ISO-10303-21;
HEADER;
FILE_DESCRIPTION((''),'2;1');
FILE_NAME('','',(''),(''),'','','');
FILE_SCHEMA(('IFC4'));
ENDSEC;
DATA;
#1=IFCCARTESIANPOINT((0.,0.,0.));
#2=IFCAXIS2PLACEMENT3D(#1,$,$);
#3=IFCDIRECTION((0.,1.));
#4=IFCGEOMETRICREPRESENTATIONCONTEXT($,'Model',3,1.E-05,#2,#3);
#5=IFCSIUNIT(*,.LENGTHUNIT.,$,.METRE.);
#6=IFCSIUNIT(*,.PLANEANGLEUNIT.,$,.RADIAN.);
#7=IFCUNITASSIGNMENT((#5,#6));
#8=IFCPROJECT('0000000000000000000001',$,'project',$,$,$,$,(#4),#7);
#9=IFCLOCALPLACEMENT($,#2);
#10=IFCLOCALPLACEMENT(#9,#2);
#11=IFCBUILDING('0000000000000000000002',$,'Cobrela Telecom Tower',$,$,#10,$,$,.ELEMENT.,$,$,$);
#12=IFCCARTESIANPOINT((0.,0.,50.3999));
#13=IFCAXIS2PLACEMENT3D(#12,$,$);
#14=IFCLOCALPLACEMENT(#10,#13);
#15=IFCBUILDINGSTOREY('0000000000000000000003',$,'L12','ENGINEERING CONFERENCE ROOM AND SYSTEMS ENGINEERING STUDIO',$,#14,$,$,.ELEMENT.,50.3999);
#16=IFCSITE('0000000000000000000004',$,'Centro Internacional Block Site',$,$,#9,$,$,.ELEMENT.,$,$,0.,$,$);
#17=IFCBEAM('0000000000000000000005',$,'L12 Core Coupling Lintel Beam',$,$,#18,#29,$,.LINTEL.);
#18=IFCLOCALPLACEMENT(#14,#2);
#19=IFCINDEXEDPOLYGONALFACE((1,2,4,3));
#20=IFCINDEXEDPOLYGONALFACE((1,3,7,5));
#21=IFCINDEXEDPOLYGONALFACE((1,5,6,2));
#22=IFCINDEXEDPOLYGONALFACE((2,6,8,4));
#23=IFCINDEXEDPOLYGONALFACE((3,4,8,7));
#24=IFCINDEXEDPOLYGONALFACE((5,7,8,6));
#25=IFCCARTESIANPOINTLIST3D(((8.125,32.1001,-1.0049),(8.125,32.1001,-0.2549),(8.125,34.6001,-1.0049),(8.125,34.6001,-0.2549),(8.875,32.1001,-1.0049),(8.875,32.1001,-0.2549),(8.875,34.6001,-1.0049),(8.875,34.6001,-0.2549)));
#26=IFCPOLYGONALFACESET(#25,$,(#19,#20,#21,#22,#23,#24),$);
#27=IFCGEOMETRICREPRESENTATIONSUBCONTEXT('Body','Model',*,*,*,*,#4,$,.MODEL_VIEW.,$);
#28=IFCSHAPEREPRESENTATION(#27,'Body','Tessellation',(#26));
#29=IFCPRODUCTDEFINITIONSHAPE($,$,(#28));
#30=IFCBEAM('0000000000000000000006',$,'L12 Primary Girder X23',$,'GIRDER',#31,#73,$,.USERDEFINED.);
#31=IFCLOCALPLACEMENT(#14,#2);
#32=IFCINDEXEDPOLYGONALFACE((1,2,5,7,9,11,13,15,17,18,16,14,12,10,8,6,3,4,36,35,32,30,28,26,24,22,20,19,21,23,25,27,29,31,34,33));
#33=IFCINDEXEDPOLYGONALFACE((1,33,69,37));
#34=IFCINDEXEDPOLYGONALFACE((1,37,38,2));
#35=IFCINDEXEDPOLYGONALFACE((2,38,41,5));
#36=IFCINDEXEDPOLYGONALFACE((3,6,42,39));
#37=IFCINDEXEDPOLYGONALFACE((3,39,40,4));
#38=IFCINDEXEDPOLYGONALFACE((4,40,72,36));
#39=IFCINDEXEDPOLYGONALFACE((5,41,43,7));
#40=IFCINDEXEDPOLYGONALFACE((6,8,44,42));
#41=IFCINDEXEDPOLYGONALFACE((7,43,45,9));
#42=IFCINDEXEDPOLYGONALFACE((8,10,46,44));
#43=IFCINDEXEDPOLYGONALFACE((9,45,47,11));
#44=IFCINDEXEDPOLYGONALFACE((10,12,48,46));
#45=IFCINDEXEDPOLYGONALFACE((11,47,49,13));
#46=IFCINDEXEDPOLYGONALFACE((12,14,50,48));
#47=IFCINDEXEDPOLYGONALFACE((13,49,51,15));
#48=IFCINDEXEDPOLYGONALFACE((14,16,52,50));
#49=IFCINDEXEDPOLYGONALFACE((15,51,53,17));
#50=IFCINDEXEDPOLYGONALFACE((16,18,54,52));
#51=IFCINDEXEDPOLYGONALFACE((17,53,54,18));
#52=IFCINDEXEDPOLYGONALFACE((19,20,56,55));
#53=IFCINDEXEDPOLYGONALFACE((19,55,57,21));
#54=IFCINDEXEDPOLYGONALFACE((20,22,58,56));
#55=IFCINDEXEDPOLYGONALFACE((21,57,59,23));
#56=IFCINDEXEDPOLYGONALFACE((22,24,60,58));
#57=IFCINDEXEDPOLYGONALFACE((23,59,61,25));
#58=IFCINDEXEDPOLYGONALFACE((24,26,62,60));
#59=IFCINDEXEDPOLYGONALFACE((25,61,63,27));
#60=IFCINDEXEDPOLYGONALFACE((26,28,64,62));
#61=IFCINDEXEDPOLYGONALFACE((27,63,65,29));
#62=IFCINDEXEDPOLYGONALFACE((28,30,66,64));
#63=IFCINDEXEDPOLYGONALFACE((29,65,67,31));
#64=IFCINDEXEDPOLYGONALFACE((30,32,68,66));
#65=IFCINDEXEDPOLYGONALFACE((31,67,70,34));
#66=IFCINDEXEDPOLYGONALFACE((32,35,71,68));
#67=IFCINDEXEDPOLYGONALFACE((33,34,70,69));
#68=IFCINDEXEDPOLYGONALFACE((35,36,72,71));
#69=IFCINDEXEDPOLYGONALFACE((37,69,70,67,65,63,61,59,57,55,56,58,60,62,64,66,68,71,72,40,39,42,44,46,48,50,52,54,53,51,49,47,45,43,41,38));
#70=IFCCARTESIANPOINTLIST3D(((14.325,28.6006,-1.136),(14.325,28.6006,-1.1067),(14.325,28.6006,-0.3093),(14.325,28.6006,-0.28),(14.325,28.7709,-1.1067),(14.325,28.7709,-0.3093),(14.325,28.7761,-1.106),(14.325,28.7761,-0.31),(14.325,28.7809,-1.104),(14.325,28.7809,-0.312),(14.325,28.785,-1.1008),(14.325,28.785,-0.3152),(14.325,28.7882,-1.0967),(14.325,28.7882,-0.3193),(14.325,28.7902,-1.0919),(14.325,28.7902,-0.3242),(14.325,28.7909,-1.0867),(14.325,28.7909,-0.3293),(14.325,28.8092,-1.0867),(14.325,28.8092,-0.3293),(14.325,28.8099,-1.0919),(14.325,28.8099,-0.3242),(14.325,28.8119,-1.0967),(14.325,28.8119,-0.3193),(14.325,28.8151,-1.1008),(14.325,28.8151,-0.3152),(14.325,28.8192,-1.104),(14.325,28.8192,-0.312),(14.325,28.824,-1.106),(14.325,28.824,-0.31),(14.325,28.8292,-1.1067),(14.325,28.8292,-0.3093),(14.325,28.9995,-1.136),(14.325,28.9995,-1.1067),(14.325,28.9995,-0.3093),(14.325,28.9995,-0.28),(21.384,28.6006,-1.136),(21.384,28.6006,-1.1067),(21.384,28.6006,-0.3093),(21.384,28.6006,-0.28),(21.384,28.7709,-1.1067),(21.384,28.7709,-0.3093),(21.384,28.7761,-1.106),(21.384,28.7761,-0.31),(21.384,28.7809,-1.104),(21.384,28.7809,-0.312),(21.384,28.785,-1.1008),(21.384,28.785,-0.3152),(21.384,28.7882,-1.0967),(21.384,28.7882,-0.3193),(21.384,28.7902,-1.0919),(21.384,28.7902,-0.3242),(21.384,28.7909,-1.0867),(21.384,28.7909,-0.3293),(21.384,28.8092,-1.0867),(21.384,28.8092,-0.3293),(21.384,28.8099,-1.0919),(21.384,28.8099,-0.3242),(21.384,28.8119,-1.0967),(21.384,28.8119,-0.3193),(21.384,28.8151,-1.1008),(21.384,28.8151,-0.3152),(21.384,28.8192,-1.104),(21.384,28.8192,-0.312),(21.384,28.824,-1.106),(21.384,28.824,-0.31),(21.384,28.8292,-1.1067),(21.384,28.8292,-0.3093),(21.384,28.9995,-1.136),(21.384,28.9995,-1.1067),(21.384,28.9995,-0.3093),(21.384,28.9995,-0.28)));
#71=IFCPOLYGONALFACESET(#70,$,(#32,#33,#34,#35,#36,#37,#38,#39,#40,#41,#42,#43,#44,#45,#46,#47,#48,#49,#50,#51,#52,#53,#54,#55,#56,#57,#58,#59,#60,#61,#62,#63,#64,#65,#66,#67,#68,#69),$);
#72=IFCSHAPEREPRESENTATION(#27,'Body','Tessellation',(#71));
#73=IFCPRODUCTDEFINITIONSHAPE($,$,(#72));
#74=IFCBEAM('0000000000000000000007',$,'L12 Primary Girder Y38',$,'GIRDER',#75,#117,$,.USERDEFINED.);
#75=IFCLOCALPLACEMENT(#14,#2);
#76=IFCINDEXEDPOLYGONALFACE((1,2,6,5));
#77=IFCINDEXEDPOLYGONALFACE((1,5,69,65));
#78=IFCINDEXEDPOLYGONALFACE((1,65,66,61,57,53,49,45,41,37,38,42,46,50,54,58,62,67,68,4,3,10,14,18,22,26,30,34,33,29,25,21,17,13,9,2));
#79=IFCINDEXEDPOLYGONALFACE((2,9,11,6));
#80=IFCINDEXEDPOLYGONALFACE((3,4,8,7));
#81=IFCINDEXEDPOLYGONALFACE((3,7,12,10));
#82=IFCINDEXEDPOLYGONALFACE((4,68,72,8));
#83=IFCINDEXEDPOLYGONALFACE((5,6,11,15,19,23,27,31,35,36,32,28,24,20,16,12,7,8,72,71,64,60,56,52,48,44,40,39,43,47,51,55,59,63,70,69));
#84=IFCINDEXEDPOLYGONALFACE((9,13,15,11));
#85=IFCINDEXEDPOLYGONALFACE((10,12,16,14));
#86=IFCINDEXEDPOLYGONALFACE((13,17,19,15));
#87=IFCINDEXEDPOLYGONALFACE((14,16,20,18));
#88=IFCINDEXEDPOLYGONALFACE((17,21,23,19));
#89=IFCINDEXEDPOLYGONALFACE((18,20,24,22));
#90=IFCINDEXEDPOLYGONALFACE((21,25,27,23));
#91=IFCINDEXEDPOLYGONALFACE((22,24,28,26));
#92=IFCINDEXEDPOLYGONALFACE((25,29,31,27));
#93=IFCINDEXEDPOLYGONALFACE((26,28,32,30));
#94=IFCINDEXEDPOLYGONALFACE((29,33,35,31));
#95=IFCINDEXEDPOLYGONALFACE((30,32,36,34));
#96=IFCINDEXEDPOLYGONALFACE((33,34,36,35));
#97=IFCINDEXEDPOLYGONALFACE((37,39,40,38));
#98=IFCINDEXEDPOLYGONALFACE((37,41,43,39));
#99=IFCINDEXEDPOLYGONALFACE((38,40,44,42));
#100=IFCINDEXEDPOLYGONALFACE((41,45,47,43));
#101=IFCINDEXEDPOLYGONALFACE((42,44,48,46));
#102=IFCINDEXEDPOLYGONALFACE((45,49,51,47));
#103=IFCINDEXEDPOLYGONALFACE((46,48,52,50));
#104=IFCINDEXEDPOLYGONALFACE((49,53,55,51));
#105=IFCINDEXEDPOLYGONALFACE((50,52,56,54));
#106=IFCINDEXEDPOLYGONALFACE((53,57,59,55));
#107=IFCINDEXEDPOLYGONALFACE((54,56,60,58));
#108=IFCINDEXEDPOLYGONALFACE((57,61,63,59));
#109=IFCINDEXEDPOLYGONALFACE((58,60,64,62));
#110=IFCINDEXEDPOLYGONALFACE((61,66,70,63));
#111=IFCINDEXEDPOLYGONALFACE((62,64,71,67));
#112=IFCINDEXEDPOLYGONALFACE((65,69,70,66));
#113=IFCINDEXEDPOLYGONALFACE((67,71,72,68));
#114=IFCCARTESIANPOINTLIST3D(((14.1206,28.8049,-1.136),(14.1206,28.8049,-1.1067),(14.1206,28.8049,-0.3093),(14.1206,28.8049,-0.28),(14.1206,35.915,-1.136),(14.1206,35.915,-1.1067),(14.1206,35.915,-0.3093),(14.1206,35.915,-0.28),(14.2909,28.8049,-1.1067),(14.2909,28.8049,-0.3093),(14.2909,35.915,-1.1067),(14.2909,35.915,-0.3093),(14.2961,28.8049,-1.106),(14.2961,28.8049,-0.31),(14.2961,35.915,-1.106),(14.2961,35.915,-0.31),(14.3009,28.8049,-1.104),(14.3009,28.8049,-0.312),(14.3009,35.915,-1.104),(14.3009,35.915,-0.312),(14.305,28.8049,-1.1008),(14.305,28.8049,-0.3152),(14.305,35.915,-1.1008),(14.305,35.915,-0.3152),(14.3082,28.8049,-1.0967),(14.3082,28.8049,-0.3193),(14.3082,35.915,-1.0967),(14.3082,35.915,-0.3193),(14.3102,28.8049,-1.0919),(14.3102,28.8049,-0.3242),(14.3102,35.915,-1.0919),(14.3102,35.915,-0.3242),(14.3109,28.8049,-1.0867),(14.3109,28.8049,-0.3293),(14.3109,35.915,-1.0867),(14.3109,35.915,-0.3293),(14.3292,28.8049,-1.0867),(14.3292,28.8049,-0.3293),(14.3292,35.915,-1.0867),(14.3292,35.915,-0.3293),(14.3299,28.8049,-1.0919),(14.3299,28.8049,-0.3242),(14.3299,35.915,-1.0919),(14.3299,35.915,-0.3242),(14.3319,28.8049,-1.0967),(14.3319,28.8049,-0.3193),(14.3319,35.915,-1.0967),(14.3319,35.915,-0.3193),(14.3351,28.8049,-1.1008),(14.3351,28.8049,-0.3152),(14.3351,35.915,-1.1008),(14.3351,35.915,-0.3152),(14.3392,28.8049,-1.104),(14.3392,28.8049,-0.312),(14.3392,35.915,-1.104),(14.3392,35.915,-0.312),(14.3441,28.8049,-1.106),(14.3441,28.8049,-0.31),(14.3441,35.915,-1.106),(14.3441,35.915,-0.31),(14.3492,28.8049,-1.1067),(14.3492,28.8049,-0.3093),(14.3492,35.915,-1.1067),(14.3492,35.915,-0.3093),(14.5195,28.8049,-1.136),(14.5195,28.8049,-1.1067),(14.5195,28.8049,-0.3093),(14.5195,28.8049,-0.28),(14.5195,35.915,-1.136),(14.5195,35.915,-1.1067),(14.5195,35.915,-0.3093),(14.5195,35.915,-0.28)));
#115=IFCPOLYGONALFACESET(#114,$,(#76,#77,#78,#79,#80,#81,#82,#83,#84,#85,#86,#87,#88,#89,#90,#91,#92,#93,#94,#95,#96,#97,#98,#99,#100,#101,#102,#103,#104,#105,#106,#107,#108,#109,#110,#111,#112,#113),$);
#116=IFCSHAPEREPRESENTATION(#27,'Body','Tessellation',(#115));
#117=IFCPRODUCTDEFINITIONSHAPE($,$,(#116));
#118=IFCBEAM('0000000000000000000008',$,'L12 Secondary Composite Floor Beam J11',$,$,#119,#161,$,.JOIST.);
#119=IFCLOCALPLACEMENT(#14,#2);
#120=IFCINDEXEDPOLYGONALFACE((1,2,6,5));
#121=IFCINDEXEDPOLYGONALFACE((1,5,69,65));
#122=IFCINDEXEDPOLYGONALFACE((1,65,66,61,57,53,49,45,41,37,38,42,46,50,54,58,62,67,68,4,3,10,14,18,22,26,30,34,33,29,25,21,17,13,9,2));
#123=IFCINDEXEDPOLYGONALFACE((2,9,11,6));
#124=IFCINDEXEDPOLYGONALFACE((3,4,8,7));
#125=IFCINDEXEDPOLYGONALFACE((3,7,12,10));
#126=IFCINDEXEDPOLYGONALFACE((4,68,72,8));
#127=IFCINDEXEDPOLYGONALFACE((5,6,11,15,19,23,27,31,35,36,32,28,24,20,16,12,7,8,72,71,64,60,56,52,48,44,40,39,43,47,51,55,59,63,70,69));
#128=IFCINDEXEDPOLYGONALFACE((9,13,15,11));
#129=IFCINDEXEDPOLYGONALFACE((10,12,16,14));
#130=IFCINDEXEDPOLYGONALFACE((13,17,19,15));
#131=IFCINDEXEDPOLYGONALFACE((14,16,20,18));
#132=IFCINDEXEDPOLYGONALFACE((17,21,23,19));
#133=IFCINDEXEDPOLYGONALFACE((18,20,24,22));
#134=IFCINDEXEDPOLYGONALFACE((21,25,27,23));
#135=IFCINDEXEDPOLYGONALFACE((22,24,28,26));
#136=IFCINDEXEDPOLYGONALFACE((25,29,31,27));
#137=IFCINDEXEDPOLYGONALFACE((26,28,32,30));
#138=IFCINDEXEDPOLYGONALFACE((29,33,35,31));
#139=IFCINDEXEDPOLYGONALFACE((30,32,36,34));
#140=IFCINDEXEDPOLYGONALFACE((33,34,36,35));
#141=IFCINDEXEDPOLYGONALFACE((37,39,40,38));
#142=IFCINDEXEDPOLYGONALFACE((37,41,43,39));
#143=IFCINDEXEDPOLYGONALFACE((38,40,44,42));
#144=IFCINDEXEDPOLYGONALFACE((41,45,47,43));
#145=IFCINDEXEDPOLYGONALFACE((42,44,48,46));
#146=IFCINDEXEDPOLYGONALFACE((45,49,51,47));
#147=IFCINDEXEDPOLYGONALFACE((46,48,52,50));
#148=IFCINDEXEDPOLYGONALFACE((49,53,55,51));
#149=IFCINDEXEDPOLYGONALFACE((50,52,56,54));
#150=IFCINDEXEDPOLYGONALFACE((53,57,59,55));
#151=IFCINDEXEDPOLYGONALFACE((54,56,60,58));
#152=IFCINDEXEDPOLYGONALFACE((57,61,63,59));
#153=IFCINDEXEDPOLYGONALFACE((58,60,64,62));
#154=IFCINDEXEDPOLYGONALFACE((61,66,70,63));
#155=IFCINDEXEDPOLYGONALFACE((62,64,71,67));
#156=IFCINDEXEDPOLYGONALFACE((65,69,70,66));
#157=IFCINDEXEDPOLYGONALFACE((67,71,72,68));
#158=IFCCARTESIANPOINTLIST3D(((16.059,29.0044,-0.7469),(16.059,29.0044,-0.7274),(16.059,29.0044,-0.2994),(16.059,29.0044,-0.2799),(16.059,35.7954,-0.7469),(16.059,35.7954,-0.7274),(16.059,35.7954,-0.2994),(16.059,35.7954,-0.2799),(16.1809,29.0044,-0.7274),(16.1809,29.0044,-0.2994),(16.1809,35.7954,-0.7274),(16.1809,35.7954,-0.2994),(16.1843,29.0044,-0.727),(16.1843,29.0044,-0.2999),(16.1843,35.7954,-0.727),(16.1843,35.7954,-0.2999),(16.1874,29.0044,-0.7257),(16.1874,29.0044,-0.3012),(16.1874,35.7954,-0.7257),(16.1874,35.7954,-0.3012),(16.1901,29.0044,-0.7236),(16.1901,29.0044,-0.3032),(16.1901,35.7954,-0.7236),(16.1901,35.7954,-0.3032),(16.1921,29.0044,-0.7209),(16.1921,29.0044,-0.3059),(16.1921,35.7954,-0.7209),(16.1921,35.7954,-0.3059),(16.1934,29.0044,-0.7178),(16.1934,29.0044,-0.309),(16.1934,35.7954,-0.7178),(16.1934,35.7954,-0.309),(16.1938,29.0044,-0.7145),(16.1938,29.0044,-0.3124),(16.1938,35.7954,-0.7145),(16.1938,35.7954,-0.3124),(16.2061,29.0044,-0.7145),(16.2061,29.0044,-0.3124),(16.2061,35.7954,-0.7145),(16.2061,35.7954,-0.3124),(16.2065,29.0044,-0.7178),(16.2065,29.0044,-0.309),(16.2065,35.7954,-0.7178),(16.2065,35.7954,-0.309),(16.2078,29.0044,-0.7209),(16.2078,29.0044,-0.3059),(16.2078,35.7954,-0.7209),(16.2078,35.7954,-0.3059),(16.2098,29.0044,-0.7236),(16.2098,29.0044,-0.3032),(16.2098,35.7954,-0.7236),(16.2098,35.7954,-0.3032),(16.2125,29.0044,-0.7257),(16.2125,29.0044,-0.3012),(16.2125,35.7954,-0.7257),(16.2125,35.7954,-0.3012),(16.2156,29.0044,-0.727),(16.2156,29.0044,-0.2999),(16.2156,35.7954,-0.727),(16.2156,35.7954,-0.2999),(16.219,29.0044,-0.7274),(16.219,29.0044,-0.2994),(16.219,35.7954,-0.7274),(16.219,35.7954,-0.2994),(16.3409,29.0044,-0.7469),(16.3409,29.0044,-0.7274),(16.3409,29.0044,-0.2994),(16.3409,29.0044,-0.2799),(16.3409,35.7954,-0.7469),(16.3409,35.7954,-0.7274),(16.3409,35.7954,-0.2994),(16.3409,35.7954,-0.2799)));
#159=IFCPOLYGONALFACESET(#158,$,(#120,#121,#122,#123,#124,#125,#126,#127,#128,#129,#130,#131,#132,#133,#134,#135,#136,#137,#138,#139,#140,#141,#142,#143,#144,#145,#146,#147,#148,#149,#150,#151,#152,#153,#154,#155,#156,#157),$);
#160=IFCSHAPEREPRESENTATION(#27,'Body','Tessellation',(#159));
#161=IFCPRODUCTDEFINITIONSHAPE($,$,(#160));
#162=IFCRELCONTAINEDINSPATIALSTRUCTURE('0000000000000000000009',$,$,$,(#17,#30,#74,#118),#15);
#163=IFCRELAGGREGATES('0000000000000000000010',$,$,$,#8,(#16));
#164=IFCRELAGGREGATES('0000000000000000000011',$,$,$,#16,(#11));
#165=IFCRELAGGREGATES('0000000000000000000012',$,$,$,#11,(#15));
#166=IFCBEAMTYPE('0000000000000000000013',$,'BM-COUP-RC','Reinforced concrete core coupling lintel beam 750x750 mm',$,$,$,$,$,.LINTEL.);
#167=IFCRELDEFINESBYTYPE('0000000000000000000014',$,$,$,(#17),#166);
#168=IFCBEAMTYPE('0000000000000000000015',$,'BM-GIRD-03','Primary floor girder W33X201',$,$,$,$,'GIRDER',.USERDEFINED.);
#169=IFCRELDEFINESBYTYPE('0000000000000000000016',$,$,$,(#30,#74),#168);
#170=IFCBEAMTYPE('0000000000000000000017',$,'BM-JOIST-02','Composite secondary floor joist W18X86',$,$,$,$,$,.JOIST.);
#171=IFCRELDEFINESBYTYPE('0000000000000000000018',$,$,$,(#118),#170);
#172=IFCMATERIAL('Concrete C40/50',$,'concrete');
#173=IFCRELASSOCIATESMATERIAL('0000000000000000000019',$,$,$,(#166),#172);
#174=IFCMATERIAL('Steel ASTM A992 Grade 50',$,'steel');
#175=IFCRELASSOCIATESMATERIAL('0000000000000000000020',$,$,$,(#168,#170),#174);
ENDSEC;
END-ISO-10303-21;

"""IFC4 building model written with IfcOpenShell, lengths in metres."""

from ifc_helpers import new_model, si_unit, direction, frame, origin, origin_2d, place, context, subcontext, project, spatial, rectangle, i_section, extrude, material, material_profile, profile_set, type_object, element, save


model = new_model("IFC4")

# Units and contexts
model_context = context("Model", 3, precision=1e-05, world=origin(), true_north=direction((0.0, 1.0)))
body_context = subcontext(model_context, "Body", "Model", "MODEL_VIEW")
ifc_project = project(units=[si_unit("LENGTHUNIT", "METRE"), si_unit("PLANEANGLEUNIT", "RADIAN")], contexts=[model_context])

# Site, building, storey
site_placement = place(None, origin())
site = spatial("IfcSite", under=ifc_project, at=site_placement, Name="Centro Internacional Block Site", CompositionType="ELEMENT", RefElevation=0.0)
building_placement = place(site_placement, origin())
building = spatial("IfcBuilding", under=site, at=building_placement, Name="Cobrela Telecom Tower", CompositionType="ELEMENT")
storey_placement = place(building_placement, frame((0.0, 0.0, 50.3999)))
storey = spatial("IfcBuildingStorey", under=building, at=storey_placement, Name="L12", Description="ENGINEERING CONFERENCE ROOM AND SYSTEMS ENGINEERING STUDIO", CompositionType="ELEMENT", Elevation=50.3999)

# Beams
ifc_material_1 = material(Name="Concrete C40/50", Category="concrete")
ifc_material_profile_1 = material_profile(ifc_material_1, rectangle(XDim=0.75, YDim=0.75, at=origin_2d()), Name="RC 750x750")
ifc_profile_set_1 = profile_set([ifc_material_profile_1], Name="Concrete C40/50")
beam_type_1 = type_object("IfcBeamType", Name="BM-COUP-RC", Description="Reinforced concrete core coupling lintel beam 750x750 mm", PredefinedType="LINTEL", material=ifc_profile_set_1)
beam_1_placement = place(storey_placement, frame((8.5, 32.1001, -0.6299), z_axis=(0.0, 1.0, 0.0), x_axis=(-1.0, 0.0, 0.0)))
element("IfcBeam", 1, at=beam_1_placement, inside=storey, type_object=beam_type_1, Name="L12 Core Coupling Lintel Beam", PredefinedType="LINTEL", context=body_context, shape_type="SweptSolid", body=[
    extrude(rectangle(XDim=0.75, YDim=0.75, at=origin_2d()), origin(), (0.0, 0.0, 1.0), 2.5),
])
ifc_material_2 = material(Name="Steel ASTM A992 Grade 50", Category="steel")
ifc_material_profile_2 = material_profile(ifc_material_2, i_section(OverallWidth=0.3989, OverallDepth=0.856, WebThickness=0.0183, FlangeThickness=0.0293, FilletRadius=0.02, at=origin_2d()), Name="W33X201")
ifc_profile_set_2 = profile_set([ifc_material_profile_2], Name="Steel ASTM A992 Grade 50")
beam_type_2 = type_object("IfcBeamType", Name="BM-GIRD-03", Description="Primary floor girder W33X201", ElementType="GIRDER", PredefinedType="USERDEFINED", material=ifc_profile_set_2)
beam_2_placement = place(storey_placement, frame((14.325, 28.8, -0.708), z_axis=(1.0, 0.0, 0.0), x_axis=(0.0, 1.0, 0.0)))
element("IfcBeam", 2, at=beam_2_placement, inside=storey, type_object=beam_type_2, Name="L12 Primary Girder X23", ObjectType="GIRDER", PredefinedType="USERDEFINED", context=body_context, shape_type="SweptSolid", body=[
    extrude(i_section(OverallWidth=0.3989, OverallDepth=0.856, WebThickness=0.0183, FlangeThickness=0.0293, FilletRadius=0.02, at=origin_2d()), origin(), (0.0, 0.0, 1.0), 7.0591),
])
beam_3_placement = place(storey_placement, frame((14.3201, 28.8049, -0.708), z_axis=(0.0, 1.0, 0.0), x_axis=(-1.0, 0.0, 0.0)))
element("IfcBeam", 3, at=beam_3_placement, inside=storey, type_object=beam_type_2, Name="L12 Primary Girder Y38", ObjectType="GIRDER", PredefinedType="USERDEFINED", context=body_context, shape_type="SweptSolid", body=[
    extrude(i_section(OverallWidth=0.3989, OverallDepth=0.856, WebThickness=0.0183, FlangeThickness=0.0293, FilletRadius=0.02, at=origin_2d()), origin(), (0.0, 0.0, 1.0), 7.1101),
])
ifc_material_profile_3 = material_profile(ifc_material_2, i_section(OverallWidth=0.282, OverallDepth=0.467, WebThickness=0.0122, FlangeThickness=0.0195, FilletRadius=0.0129, at=origin_2d()), Name="W18X86")
ifc_profile_set_3 = profile_set([ifc_material_profile_3], Name="Steel ASTM A992 Grade 50")
beam_type_3 = type_object("IfcBeamType", Name="BM-JOIST-02", Description="Composite secondary floor joist W18X86", PredefinedType="JOIST", material=ifc_profile_set_3)
for number, where, z_axis, x_axis, name in (
    (4, (16.2, 29.0044, -0.5134), (0.0, 1.0, 0.0), (-1.0, 0.0, 0.0), "L12 Secondary Composite Floor Beam J11"),
):
    element("IfcBeam", number, at=place(storey_placement, frame(where, z_axis=z_axis, x_axis=x_axis)), inside=storey, type_object=beam_type_3, Name=name, PredefinedType="JOIST", context=body_context, shape_type="SweptSolid", body=[
        extrude(i_section(OverallWidth=0.282, OverallDepth=0.467, WebThickness=0.0122, FlangeThickness=0.0195, FilletRadius=0.0129, at=origin_2d()), origin(), (0.0, 0.0, 1.0), 6.791),
    ])

save(model, "model.ifc")
